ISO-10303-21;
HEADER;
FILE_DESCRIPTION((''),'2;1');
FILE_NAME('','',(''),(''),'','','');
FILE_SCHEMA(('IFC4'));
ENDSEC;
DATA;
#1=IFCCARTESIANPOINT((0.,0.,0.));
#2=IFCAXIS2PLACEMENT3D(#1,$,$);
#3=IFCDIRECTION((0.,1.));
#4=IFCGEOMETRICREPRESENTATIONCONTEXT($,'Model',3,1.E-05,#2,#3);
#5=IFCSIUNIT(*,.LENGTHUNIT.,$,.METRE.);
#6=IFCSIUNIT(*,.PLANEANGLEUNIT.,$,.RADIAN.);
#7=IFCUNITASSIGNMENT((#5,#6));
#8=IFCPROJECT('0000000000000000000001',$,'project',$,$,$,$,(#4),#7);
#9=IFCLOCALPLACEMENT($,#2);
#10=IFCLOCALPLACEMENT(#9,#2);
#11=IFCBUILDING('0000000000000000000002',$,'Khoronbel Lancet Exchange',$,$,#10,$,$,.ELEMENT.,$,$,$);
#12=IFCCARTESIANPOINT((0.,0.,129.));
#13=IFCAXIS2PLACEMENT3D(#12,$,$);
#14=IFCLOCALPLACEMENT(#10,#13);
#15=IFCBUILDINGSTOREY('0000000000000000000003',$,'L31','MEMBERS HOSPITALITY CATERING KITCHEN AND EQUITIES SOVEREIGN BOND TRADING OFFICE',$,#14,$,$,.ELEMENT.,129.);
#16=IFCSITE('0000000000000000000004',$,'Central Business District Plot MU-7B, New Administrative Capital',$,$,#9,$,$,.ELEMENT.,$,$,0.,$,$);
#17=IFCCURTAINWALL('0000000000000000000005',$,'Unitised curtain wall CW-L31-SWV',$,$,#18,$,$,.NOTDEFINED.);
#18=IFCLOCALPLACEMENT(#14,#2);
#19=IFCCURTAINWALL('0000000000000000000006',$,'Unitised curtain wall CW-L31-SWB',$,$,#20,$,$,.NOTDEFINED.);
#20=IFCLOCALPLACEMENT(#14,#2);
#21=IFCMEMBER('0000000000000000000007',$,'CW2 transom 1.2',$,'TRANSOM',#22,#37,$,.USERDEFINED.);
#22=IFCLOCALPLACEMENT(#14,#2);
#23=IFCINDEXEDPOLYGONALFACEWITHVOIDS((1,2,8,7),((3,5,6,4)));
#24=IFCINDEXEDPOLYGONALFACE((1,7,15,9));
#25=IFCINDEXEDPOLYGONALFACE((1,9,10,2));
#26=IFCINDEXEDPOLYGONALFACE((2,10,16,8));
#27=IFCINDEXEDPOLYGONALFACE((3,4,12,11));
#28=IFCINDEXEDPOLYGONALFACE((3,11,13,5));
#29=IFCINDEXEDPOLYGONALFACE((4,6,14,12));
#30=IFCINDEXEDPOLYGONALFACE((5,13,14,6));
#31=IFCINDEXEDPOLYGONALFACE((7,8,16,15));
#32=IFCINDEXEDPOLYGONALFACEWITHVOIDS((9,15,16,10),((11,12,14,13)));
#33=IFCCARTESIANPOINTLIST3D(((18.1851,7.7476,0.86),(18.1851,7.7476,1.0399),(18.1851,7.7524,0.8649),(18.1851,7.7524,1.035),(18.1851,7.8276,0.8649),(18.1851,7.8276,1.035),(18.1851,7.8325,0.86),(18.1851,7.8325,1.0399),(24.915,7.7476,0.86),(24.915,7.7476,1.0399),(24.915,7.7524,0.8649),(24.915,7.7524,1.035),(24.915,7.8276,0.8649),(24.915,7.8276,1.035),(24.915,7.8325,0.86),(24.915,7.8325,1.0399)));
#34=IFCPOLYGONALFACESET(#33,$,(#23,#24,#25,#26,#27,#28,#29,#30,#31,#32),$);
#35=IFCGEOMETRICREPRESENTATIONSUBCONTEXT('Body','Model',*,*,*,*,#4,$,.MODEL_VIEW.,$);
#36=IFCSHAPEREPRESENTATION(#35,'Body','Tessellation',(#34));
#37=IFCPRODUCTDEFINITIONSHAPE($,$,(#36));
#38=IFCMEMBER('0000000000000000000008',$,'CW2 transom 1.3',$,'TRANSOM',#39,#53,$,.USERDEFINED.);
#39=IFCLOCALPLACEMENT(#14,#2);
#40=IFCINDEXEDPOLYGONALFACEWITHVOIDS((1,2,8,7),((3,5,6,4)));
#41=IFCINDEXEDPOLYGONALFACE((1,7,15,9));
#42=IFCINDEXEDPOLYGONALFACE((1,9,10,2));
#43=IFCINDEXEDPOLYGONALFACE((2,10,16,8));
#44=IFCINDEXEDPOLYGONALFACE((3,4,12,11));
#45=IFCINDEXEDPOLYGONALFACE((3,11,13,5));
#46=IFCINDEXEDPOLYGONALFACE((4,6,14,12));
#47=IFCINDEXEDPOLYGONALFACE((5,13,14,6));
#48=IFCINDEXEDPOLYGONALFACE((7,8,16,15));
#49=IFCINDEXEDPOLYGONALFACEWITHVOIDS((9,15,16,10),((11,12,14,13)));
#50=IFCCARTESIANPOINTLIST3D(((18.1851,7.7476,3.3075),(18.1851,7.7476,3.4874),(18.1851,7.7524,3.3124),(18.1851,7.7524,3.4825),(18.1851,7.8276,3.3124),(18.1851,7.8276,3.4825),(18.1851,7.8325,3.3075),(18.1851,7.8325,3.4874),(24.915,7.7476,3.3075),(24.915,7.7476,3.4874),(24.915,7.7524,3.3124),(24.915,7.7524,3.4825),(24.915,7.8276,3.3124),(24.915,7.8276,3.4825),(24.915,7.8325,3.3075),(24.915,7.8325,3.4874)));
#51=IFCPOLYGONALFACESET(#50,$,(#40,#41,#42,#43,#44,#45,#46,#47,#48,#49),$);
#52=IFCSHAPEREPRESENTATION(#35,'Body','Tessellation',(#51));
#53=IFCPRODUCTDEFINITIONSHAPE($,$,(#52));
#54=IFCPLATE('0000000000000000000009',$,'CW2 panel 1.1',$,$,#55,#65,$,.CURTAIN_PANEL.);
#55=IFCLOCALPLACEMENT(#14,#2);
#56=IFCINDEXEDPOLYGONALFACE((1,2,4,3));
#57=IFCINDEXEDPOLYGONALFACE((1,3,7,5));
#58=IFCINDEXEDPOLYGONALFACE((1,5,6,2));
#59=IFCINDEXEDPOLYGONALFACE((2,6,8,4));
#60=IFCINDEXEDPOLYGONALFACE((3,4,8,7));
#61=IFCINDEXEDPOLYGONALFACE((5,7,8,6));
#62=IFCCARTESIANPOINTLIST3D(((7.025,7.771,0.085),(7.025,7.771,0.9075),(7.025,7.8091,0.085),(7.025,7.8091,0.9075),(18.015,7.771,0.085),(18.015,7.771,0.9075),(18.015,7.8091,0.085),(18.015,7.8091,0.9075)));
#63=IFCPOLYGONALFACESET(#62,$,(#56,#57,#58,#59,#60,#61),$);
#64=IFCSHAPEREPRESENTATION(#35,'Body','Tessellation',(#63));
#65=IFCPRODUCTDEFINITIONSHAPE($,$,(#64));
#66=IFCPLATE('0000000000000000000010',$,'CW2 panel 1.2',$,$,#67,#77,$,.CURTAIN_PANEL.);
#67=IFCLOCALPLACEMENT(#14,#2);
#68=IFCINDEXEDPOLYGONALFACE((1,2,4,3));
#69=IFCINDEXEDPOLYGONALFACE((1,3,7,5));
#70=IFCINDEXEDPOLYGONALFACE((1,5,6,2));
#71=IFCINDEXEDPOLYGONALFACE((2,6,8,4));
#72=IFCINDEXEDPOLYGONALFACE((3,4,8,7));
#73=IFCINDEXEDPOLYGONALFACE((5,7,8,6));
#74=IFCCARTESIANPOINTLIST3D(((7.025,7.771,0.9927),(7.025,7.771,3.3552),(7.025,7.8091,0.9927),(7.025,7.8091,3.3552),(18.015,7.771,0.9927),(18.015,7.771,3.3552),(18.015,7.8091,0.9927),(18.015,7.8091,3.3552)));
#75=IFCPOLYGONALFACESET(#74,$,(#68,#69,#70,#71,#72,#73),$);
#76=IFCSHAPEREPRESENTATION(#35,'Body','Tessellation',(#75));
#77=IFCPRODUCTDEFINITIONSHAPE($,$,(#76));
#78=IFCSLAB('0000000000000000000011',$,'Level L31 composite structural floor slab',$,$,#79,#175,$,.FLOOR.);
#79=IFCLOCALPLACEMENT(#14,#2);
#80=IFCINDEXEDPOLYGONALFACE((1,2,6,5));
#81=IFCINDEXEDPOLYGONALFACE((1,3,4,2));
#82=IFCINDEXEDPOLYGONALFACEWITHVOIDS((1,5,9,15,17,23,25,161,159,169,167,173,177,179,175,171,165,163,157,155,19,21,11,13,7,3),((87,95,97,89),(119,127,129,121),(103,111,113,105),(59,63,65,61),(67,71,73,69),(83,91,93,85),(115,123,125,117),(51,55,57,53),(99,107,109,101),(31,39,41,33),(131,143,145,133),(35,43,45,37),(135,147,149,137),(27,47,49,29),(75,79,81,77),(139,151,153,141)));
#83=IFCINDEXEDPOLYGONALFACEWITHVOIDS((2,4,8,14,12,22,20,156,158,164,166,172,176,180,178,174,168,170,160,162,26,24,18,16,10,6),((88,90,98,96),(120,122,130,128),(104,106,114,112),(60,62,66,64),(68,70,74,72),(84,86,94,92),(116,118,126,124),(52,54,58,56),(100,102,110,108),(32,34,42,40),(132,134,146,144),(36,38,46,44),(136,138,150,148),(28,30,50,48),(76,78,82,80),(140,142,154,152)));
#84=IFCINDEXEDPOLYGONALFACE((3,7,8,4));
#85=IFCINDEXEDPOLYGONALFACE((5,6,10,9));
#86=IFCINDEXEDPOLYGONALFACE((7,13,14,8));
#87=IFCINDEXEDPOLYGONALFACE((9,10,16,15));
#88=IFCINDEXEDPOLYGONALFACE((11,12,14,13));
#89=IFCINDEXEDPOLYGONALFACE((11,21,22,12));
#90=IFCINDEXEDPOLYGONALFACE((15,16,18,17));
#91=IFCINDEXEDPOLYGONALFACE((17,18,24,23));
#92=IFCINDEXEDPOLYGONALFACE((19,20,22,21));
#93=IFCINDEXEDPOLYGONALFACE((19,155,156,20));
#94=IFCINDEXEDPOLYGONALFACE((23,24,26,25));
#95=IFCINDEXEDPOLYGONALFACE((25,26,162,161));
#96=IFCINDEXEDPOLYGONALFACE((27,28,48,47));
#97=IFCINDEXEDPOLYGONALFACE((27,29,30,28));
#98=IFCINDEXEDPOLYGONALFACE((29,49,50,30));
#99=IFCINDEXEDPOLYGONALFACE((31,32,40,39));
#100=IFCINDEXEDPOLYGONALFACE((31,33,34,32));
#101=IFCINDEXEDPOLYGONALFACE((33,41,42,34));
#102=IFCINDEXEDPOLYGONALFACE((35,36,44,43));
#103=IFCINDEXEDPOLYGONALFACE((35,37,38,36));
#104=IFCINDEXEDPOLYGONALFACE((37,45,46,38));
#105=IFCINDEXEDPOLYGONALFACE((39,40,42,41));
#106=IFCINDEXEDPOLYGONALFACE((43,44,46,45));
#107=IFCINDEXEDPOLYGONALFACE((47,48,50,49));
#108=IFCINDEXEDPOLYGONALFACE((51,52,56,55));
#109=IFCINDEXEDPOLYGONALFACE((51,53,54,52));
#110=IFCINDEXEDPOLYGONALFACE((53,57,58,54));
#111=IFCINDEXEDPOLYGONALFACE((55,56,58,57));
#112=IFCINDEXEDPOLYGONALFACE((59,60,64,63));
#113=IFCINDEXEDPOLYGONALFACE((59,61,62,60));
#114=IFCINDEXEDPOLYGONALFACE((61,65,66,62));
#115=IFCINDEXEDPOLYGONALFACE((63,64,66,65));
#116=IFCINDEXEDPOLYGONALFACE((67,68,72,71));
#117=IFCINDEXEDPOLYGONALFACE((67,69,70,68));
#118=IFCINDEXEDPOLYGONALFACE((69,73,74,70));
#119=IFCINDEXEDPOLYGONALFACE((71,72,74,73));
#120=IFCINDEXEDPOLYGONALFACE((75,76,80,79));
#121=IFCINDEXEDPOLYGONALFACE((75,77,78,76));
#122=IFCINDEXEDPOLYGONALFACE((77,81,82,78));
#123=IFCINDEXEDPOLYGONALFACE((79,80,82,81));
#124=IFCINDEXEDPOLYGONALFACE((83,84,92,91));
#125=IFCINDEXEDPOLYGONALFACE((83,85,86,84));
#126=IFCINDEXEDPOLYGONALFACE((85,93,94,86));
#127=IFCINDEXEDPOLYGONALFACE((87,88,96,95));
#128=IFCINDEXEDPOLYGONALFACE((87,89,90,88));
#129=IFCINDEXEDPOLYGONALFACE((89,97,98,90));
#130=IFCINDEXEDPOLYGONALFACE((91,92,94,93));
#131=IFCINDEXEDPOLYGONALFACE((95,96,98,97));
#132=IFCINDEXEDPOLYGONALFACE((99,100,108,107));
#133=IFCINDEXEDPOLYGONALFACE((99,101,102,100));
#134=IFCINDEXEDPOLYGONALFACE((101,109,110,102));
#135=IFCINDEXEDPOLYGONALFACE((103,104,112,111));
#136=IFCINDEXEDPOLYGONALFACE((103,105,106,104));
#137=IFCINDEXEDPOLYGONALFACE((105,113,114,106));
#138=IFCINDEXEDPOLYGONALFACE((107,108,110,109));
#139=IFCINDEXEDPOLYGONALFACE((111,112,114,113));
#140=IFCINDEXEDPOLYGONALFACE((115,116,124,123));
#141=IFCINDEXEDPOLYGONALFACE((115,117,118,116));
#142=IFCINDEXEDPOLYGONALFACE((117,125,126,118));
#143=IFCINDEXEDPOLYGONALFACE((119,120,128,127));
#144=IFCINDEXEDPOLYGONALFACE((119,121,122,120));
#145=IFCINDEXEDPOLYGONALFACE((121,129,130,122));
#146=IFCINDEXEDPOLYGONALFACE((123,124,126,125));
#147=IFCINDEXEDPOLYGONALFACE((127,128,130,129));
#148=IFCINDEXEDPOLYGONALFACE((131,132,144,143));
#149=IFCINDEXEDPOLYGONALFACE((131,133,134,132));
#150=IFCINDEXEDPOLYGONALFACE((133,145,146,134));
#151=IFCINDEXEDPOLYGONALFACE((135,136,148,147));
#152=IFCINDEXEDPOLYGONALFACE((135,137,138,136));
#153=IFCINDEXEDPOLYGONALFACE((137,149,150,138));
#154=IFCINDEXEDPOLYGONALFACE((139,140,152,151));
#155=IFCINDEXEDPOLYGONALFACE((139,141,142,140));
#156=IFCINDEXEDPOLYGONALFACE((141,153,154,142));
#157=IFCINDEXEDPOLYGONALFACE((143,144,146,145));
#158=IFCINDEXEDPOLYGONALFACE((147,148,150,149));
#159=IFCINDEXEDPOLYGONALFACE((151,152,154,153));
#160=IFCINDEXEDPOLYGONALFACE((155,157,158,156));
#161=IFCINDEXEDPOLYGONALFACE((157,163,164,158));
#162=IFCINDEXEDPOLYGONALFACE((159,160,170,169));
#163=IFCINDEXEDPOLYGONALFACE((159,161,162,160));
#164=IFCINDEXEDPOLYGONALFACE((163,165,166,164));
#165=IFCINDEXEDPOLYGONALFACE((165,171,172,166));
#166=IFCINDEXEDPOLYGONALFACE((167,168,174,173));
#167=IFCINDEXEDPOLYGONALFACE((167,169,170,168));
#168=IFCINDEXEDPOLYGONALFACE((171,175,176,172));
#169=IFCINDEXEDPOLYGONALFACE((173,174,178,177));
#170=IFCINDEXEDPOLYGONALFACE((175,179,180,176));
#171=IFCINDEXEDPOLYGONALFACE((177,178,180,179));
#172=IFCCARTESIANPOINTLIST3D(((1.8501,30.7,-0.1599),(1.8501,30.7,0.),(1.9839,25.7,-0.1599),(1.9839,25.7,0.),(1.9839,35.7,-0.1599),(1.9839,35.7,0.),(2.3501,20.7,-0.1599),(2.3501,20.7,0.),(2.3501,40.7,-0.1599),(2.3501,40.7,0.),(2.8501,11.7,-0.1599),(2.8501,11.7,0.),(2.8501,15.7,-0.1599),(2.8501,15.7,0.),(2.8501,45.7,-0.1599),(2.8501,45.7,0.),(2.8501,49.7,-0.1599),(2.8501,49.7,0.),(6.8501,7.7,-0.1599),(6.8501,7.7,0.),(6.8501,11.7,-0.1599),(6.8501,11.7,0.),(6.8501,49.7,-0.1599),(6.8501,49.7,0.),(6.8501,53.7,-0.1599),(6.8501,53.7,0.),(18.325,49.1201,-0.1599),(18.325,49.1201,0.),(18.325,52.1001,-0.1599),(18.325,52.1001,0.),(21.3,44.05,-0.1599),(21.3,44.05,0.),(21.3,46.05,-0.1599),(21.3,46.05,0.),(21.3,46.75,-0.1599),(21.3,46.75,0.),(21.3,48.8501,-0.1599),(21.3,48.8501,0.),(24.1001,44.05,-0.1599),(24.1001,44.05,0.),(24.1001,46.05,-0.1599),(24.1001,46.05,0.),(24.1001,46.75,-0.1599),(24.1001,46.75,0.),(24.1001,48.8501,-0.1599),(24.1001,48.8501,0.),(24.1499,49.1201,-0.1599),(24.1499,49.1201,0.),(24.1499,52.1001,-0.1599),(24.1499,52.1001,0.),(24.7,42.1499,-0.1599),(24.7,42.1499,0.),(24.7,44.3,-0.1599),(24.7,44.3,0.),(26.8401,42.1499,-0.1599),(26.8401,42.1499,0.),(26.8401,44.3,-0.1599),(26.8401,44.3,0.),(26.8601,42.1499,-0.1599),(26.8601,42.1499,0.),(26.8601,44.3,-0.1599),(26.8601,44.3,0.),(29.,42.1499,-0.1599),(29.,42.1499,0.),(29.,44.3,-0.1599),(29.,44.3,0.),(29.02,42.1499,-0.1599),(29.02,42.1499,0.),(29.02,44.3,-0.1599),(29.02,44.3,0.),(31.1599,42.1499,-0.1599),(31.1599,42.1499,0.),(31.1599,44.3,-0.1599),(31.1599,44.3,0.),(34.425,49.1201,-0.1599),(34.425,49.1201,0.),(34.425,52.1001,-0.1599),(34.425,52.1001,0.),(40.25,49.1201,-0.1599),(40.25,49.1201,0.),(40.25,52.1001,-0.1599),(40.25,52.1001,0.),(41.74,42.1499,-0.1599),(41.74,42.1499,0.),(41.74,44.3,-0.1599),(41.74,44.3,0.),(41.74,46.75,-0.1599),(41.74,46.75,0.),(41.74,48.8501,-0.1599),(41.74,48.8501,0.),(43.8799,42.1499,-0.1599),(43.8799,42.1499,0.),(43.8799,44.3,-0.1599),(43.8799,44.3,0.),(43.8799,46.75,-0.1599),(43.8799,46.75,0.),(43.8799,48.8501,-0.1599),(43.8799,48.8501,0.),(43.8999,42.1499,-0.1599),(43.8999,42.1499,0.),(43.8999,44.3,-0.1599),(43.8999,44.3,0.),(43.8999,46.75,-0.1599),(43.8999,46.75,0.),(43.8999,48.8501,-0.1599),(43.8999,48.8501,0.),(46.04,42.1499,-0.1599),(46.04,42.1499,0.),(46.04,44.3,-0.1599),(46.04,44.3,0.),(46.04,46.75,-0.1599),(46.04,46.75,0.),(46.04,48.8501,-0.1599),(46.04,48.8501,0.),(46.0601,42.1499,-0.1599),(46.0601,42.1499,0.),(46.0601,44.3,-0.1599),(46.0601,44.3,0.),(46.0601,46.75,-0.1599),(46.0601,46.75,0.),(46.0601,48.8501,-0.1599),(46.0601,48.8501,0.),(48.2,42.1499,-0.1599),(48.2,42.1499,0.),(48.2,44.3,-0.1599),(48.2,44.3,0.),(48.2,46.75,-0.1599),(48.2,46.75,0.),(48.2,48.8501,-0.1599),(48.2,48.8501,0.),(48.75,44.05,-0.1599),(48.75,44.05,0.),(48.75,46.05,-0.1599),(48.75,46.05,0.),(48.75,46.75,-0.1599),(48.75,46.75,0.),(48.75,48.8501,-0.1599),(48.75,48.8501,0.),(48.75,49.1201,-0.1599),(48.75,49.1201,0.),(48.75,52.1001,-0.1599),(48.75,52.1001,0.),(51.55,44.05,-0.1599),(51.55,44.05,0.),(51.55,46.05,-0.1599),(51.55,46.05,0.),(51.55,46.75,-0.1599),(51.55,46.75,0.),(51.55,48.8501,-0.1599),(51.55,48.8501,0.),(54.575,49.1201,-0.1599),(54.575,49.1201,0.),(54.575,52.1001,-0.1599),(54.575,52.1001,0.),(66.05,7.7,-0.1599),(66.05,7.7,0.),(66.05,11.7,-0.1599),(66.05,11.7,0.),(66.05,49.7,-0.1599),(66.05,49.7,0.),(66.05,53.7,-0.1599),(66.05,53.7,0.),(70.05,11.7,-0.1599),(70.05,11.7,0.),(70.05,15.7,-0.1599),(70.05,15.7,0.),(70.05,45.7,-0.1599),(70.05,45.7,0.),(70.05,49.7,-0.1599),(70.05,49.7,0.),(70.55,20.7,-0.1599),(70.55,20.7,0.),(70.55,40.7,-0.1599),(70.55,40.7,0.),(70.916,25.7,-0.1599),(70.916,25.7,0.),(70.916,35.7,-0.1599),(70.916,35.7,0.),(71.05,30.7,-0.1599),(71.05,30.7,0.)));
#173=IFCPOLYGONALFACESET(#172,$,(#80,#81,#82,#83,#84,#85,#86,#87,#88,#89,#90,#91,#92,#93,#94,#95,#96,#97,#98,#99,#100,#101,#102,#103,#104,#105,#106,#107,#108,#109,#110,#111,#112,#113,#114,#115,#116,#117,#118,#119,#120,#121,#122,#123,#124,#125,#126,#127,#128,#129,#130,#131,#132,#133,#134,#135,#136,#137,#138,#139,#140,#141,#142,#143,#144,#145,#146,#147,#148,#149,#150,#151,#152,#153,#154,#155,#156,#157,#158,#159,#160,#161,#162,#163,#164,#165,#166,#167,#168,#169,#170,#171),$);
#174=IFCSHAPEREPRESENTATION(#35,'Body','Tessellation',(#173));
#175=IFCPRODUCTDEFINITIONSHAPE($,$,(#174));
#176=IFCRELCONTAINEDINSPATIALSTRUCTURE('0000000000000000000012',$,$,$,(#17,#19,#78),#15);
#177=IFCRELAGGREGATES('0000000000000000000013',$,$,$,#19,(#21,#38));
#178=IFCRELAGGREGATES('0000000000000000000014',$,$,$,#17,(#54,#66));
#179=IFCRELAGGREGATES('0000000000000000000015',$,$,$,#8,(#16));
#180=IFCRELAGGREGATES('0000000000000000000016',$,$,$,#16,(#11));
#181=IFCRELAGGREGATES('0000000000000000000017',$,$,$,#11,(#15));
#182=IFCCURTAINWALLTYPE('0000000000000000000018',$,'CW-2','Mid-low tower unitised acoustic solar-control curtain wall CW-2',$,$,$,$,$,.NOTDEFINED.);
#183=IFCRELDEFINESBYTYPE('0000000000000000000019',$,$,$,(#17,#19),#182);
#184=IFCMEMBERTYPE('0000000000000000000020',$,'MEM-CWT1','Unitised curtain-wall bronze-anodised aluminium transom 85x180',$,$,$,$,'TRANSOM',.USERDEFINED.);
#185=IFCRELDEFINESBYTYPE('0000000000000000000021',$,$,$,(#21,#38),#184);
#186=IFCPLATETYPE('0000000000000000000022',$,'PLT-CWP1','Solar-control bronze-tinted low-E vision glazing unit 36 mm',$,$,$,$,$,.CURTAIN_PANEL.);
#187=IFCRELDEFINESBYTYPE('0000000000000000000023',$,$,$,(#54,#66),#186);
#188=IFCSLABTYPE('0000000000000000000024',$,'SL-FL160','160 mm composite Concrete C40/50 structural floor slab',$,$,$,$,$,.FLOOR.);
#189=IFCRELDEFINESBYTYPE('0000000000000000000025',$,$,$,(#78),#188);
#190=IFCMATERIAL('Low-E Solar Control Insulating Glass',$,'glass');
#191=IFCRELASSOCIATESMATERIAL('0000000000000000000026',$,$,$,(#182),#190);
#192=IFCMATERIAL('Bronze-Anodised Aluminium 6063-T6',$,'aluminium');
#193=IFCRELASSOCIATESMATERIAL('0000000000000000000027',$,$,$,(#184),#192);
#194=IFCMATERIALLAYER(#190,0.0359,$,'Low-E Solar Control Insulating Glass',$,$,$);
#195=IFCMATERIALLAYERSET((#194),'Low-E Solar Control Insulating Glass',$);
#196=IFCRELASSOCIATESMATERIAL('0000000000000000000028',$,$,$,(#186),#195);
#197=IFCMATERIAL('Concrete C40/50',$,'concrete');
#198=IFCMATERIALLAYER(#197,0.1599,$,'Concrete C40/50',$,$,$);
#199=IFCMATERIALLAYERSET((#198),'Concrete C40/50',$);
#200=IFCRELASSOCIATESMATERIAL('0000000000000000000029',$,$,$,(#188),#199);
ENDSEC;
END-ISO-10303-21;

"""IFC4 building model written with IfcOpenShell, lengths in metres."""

from ifc_helpers import new_model, si_unit, direction, frame, origin, origin_2d, place, context, subcontext, project, spatial, polyline, rectangle, hollow_rectangle, outline, extrude, material, layer, layer_set, material_profile, profile_set, type_object, element, aggregate, save


model = new_model("IFC4")

# Units and contexts
model_context = context("Model", 3, precision=1e-05, world=origin(), true_north=direction((0.0, 1.0)))
body_context = subcontext(model_context, "Body", "Model", "MODEL_VIEW")
ifc_project = project(units=[si_unit("LENGTHUNIT", "METRE"), si_unit("PLANEANGLEUNIT", "RADIAN")], contexts=[model_context])

# Site, building, storey
site_placement = place(None, origin())
site = spatial("IfcSite", under=ifc_project, at=site_placement, Name="Central Business District Plot MU-7B, New Administrative Capital", CompositionType="ELEMENT", RefElevation=0.0)
building_placement = place(site_placement, origin())
building = spatial("IfcBuilding", under=site, at=building_placement, Name="Khoronbel Lancet Exchange", CompositionType="ELEMENT")
storey_placement = place(building_placement, frame((0.0, 0.0, 129.0)))
storey = spatial("IfcBuildingStorey", under=building, at=storey_placement, Name="L31", Description="MEMBERS HOSPITALITY CATERING KITCHEN AND EQUITIES SOVEREIGN BOND TRADING OFFICE", CompositionType="ELEMENT", Elevation=129.0)

# Curtain wall
ifc_material_1 = material(Name="Low-E Solar Control Insulating Glass", Category="glass")
curtain_wall_type = type_object("IfcCurtainWallType", Name="CW-2", Description="Mid-low tower unitised acoustic solar-control curtain wall CW-2", PredefinedType="NOTDEFINED", material=ifc_material_1)
curtain_wall_1_placement = place(storey_placement, origin())
curtain_wall_1 = element("IfcCurtainWall", 1, at=curtain_wall_1_placement, inside=storey, type_object=curtain_wall_type, Name="Unitised curtain wall CW-L31-SWV", PredefinedType="NOTDEFINED")
ifc_material_2 = material(Name="Bronze-Anodised Aluminium 6063-T6", Category="aluminium")

# Curtain wall
curtain_wall_2_placement = place(storey_placement, origin())
curtain_wall_2 = element("IfcCurtainWall", 2, at=curtain_wall_2_placement, inside=storey, type_object=curtain_wall_type, Name="Unitised curtain wall CW-L31-SWB", PredefinedType="NOTDEFINED")

# Members
ifc_material_profile_1 = material_profile(ifc_material_2, hollow_rectangle(XDim=0.085, YDim=0.1799, WallThickness=0.0049, at=origin_2d()), Name="ALU TRANSOM 85x180")
ifc_profile_set_1 = profile_set([ifc_material_profile_1], Name="Bronze-Anodised Aluminium 6063-T6")
member_type_1 = type_object("IfcMemberType", Name="MEM-CWT1", Description="Unitised curtain-wall bronze-anodised aluminium transom 85x180", ElementType="TRANSOM", PredefinedType="USERDEFINED", material=ifc_profile_set_1)
member_1_placement = place(storey_placement, frame((18.1851, 7.79, 0.95), z_axis=(1.0, 0.0, 0.0), x_axis=(0.0, 1.0, 0.0)))
member_1 = element("IfcMember", 3, at=member_1_placement, type_object=member_type_1, Name="CW2 transom 1.2", ObjectType="TRANSOM", PredefinedType="USERDEFINED", context=body_context, shape_type="SweptSolid", body=[
    extrude(hollow_rectangle(XDim=0.085, YDim=0.1799, WallThickness=0.0049, at=origin_2d()), origin(), (0.0, 0.0, 1.0), 6.73),
])
member_2_placement = place(storey_placement, frame((18.1851, 7.79, 3.3975), z_axis=(1.0, 0.0, 0.0), x_axis=(0.0, 1.0, 0.0)))
member_2 = element("IfcMember", 4, at=member_2_placement, type_object=member_type_1, Name="CW2 transom 1.3", ObjectType="TRANSOM", PredefinedType="USERDEFINED", context=body_context, shape_type="SweptSolid", body=[
    extrude(hollow_rectangle(XDim=0.085, YDim=0.1799, WallThickness=0.0049, at=origin_2d()), origin(), (0.0, 0.0, 1.0), 6.73),
])
aggregate(curtain_wall_2, [member_1, member_2])

# Plates
ifc_layer_1 = layer(ifc_material_1, 0.0359, Name="Low-E Solar Control Insulating Glass")
ifc_layer_set_1 = layer_set([ifc_layer_1], Name="Low-E Solar Control Insulating Glass")
plate_type = type_object("IfcPlateType", Name="PLT-CWP1", Description="Solar-control bronze-tinted low-E vision glazing unit 36 mm", PredefinedType="CURTAIN_PANEL", material=ifc_layer_set_1)
plate_1_placement = place(storey_placement, frame((12.52, 7.79, 0.085), z_axis=(0.0, 0.0, 1.0), x_axis=(1.0, 0.0, 0.0)))
plate_1 = element("IfcPlate", 5, at=plate_1_placement, type_object=plate_type, Name="CW2 panel 1.1", PredefinedType="CURTAIN_PANEL", context=body_context, shape_type="SweptSolid", body=[
    extrude(rectangle(XDim=10.99, YDim=0.0381, at=origin_2d()), origin(), (0.0, 0.0, 1.0), 0.8225),
])
plate_2_placement = place(storey_placement, frame((12.52, 7.79, 0.9927), z_axis=(0.0, 0.0, 1.0), x_axis=(1.0, 0.0, 0.0)))
plate_2 = element("IfcPlate", 6, at=plate_2_placement, type_object=plate_type, Name="CW2 panel 1.2", PredefinedType="CURTAIN_PANEL", context=body_context, shape_type="SweptSolid", body=[
    extrude(rectangle(XDim=10.99, YDim=0.0381, at=origin_2d()), origin(), (0.0, 0.0, 1.0), 2.3625),
])
aggregate(curtain_wall_1, [plate_1, plate_2])

# Slab
ifc_material_3 = material(Name="Concrete C40/50", Category="concrete")
ifc_layer_2 = layer(ifc_material_3, 0.1599, Name="Concrete C40/50")
ifc_layer_set_2 = layer_set([ifc_layer_2], Name="Concrete C40/50")
slab_type_1 = type_object("IfcSlabType", Name="SL-FL160", Description="160 mm composite Concrete C40/50 structural floor slab", PredefinedType="FLOOR", material=ifc_layer_set_2)
slab_1_placement = place(storey_placement, frame((0.0, 0.0, -0.1599)))
element("IfcSlab", 7, at=slab_1_placement, inside=storey, type_object=slab_type_1, Name="Level L31 composite structural floor slab", PredefinedType="FLOOR", context=body_context, shape_type="SweptSolid", body=[
    extrude(outline(polyline([(6.8501, 7.7), (66.05, 7.7), (66.05, 11.7), (70.05, 11.7), (70.05, 15.7), (70.55, 20.7), (70.916, 25.7), (71.05, 30.7), (70.916, 35.7), (70.55, 40.7), (70.05, 45.7), (70.05, 49.7), (66.05, 49.7), (66.05, 53.7), (6.8501, 53.7), (6.8501, 49.7), (2.8501, 49.7), (2.8501, 45.7), (2.3501, 40.7), (1.9839, 35.7), (1.8501, 30.7), (1.9839, 25.7), (2.3501, 20.7), (2.8501, 15.7), (2.8501, 11.7), (6.8501, 11.7), (6.8501, 7.7)]), holes=[polyline([(18.325, 49.1201), (24.1499, 49.1201), (24.1499, 52.1001), (18.325, 52.1001), (18.325, 49.1201)]), polyline([(48.75, 49.1201), (54.575, 49.1201), (54.575, 52.1001), (48.75, 52.1001), (48.75, 49.1201)]), polyline([(34.425, 49.1201), (40.25, 49.1201), (40.25, 52.1001), (34.425, 52.1001), (34.425, 49.1201)]), polyline([(24.7, 42.1499), (26.8401, 42.1499), (26.8401, 44.3), (24.7, 44.3), (24.7, 42.1499)]), polyline([(26.8601, 42.1499), (29.0, 42.1499), (29.0, 44.3), (26.8601, 44.3), (26.8601, 42.1499)]), polyline([(29.02, 42.1499), (31.1599, 42.1499), (31.1599, 44.3), (29.02, 44.3), (29.02, 42.1499)]), polyline([(41.74, 46.75), (43.8799, 46.75), (43.8799, 48.8501), (41.74, 48.8501), (41.74, 46.75)]), polyline([(43.8999, 46.75), (46.04, 46.75), (46.04, 48.8501), (43.8999, 48.8501), (43.8999, 46.75)]), polyline([(46.0601, 46.75), (48.2, 46.75), (48.2, 48.8501), (46.0601, 48.8501), (46.0601, 46.75)]), polyline([(41.74, 42.1499), (43.8799, 42.1499), (43.8799, 44.3), (41.74, 44.3), (41.74, 42.1499)]), polyline([(43.8999, 42.1499), (46.04, 42.1499), (46.04, 44.3), (43.8999, 44.3), (43.8999, 42.1499)]), polyline([(46.0601, 42.1499), (48.2, 42.1499), (48.2, 44.3), (46.0601, 44.3), (46.0601, 42.1499)]), polyline([(21.3, 46.75), (24.1001, 46.75), (24.1001, 48.8501), (21.3, 48.8501), (21.3, 46.75)]), polyline([(48.75, 46.75), (51.55, 46.75), (51.55, 48.8501), (48.75, 48.8501), (48.75, 46.75)]), polyline([(21.3, 44.05), (24.1001, 44.05), (24.1001, 46.05), (21.3, 46.05), (21.3, 44.05)]), polyline([(48.75, 44.05), (51.55, 44.05), (51.55, 46.05), (48.75, 46.05), (48.75, 44.05)])]), origin(), (0.0, 0.0, 1.0), 0.1599),
])

save(model, "model.ifc")
